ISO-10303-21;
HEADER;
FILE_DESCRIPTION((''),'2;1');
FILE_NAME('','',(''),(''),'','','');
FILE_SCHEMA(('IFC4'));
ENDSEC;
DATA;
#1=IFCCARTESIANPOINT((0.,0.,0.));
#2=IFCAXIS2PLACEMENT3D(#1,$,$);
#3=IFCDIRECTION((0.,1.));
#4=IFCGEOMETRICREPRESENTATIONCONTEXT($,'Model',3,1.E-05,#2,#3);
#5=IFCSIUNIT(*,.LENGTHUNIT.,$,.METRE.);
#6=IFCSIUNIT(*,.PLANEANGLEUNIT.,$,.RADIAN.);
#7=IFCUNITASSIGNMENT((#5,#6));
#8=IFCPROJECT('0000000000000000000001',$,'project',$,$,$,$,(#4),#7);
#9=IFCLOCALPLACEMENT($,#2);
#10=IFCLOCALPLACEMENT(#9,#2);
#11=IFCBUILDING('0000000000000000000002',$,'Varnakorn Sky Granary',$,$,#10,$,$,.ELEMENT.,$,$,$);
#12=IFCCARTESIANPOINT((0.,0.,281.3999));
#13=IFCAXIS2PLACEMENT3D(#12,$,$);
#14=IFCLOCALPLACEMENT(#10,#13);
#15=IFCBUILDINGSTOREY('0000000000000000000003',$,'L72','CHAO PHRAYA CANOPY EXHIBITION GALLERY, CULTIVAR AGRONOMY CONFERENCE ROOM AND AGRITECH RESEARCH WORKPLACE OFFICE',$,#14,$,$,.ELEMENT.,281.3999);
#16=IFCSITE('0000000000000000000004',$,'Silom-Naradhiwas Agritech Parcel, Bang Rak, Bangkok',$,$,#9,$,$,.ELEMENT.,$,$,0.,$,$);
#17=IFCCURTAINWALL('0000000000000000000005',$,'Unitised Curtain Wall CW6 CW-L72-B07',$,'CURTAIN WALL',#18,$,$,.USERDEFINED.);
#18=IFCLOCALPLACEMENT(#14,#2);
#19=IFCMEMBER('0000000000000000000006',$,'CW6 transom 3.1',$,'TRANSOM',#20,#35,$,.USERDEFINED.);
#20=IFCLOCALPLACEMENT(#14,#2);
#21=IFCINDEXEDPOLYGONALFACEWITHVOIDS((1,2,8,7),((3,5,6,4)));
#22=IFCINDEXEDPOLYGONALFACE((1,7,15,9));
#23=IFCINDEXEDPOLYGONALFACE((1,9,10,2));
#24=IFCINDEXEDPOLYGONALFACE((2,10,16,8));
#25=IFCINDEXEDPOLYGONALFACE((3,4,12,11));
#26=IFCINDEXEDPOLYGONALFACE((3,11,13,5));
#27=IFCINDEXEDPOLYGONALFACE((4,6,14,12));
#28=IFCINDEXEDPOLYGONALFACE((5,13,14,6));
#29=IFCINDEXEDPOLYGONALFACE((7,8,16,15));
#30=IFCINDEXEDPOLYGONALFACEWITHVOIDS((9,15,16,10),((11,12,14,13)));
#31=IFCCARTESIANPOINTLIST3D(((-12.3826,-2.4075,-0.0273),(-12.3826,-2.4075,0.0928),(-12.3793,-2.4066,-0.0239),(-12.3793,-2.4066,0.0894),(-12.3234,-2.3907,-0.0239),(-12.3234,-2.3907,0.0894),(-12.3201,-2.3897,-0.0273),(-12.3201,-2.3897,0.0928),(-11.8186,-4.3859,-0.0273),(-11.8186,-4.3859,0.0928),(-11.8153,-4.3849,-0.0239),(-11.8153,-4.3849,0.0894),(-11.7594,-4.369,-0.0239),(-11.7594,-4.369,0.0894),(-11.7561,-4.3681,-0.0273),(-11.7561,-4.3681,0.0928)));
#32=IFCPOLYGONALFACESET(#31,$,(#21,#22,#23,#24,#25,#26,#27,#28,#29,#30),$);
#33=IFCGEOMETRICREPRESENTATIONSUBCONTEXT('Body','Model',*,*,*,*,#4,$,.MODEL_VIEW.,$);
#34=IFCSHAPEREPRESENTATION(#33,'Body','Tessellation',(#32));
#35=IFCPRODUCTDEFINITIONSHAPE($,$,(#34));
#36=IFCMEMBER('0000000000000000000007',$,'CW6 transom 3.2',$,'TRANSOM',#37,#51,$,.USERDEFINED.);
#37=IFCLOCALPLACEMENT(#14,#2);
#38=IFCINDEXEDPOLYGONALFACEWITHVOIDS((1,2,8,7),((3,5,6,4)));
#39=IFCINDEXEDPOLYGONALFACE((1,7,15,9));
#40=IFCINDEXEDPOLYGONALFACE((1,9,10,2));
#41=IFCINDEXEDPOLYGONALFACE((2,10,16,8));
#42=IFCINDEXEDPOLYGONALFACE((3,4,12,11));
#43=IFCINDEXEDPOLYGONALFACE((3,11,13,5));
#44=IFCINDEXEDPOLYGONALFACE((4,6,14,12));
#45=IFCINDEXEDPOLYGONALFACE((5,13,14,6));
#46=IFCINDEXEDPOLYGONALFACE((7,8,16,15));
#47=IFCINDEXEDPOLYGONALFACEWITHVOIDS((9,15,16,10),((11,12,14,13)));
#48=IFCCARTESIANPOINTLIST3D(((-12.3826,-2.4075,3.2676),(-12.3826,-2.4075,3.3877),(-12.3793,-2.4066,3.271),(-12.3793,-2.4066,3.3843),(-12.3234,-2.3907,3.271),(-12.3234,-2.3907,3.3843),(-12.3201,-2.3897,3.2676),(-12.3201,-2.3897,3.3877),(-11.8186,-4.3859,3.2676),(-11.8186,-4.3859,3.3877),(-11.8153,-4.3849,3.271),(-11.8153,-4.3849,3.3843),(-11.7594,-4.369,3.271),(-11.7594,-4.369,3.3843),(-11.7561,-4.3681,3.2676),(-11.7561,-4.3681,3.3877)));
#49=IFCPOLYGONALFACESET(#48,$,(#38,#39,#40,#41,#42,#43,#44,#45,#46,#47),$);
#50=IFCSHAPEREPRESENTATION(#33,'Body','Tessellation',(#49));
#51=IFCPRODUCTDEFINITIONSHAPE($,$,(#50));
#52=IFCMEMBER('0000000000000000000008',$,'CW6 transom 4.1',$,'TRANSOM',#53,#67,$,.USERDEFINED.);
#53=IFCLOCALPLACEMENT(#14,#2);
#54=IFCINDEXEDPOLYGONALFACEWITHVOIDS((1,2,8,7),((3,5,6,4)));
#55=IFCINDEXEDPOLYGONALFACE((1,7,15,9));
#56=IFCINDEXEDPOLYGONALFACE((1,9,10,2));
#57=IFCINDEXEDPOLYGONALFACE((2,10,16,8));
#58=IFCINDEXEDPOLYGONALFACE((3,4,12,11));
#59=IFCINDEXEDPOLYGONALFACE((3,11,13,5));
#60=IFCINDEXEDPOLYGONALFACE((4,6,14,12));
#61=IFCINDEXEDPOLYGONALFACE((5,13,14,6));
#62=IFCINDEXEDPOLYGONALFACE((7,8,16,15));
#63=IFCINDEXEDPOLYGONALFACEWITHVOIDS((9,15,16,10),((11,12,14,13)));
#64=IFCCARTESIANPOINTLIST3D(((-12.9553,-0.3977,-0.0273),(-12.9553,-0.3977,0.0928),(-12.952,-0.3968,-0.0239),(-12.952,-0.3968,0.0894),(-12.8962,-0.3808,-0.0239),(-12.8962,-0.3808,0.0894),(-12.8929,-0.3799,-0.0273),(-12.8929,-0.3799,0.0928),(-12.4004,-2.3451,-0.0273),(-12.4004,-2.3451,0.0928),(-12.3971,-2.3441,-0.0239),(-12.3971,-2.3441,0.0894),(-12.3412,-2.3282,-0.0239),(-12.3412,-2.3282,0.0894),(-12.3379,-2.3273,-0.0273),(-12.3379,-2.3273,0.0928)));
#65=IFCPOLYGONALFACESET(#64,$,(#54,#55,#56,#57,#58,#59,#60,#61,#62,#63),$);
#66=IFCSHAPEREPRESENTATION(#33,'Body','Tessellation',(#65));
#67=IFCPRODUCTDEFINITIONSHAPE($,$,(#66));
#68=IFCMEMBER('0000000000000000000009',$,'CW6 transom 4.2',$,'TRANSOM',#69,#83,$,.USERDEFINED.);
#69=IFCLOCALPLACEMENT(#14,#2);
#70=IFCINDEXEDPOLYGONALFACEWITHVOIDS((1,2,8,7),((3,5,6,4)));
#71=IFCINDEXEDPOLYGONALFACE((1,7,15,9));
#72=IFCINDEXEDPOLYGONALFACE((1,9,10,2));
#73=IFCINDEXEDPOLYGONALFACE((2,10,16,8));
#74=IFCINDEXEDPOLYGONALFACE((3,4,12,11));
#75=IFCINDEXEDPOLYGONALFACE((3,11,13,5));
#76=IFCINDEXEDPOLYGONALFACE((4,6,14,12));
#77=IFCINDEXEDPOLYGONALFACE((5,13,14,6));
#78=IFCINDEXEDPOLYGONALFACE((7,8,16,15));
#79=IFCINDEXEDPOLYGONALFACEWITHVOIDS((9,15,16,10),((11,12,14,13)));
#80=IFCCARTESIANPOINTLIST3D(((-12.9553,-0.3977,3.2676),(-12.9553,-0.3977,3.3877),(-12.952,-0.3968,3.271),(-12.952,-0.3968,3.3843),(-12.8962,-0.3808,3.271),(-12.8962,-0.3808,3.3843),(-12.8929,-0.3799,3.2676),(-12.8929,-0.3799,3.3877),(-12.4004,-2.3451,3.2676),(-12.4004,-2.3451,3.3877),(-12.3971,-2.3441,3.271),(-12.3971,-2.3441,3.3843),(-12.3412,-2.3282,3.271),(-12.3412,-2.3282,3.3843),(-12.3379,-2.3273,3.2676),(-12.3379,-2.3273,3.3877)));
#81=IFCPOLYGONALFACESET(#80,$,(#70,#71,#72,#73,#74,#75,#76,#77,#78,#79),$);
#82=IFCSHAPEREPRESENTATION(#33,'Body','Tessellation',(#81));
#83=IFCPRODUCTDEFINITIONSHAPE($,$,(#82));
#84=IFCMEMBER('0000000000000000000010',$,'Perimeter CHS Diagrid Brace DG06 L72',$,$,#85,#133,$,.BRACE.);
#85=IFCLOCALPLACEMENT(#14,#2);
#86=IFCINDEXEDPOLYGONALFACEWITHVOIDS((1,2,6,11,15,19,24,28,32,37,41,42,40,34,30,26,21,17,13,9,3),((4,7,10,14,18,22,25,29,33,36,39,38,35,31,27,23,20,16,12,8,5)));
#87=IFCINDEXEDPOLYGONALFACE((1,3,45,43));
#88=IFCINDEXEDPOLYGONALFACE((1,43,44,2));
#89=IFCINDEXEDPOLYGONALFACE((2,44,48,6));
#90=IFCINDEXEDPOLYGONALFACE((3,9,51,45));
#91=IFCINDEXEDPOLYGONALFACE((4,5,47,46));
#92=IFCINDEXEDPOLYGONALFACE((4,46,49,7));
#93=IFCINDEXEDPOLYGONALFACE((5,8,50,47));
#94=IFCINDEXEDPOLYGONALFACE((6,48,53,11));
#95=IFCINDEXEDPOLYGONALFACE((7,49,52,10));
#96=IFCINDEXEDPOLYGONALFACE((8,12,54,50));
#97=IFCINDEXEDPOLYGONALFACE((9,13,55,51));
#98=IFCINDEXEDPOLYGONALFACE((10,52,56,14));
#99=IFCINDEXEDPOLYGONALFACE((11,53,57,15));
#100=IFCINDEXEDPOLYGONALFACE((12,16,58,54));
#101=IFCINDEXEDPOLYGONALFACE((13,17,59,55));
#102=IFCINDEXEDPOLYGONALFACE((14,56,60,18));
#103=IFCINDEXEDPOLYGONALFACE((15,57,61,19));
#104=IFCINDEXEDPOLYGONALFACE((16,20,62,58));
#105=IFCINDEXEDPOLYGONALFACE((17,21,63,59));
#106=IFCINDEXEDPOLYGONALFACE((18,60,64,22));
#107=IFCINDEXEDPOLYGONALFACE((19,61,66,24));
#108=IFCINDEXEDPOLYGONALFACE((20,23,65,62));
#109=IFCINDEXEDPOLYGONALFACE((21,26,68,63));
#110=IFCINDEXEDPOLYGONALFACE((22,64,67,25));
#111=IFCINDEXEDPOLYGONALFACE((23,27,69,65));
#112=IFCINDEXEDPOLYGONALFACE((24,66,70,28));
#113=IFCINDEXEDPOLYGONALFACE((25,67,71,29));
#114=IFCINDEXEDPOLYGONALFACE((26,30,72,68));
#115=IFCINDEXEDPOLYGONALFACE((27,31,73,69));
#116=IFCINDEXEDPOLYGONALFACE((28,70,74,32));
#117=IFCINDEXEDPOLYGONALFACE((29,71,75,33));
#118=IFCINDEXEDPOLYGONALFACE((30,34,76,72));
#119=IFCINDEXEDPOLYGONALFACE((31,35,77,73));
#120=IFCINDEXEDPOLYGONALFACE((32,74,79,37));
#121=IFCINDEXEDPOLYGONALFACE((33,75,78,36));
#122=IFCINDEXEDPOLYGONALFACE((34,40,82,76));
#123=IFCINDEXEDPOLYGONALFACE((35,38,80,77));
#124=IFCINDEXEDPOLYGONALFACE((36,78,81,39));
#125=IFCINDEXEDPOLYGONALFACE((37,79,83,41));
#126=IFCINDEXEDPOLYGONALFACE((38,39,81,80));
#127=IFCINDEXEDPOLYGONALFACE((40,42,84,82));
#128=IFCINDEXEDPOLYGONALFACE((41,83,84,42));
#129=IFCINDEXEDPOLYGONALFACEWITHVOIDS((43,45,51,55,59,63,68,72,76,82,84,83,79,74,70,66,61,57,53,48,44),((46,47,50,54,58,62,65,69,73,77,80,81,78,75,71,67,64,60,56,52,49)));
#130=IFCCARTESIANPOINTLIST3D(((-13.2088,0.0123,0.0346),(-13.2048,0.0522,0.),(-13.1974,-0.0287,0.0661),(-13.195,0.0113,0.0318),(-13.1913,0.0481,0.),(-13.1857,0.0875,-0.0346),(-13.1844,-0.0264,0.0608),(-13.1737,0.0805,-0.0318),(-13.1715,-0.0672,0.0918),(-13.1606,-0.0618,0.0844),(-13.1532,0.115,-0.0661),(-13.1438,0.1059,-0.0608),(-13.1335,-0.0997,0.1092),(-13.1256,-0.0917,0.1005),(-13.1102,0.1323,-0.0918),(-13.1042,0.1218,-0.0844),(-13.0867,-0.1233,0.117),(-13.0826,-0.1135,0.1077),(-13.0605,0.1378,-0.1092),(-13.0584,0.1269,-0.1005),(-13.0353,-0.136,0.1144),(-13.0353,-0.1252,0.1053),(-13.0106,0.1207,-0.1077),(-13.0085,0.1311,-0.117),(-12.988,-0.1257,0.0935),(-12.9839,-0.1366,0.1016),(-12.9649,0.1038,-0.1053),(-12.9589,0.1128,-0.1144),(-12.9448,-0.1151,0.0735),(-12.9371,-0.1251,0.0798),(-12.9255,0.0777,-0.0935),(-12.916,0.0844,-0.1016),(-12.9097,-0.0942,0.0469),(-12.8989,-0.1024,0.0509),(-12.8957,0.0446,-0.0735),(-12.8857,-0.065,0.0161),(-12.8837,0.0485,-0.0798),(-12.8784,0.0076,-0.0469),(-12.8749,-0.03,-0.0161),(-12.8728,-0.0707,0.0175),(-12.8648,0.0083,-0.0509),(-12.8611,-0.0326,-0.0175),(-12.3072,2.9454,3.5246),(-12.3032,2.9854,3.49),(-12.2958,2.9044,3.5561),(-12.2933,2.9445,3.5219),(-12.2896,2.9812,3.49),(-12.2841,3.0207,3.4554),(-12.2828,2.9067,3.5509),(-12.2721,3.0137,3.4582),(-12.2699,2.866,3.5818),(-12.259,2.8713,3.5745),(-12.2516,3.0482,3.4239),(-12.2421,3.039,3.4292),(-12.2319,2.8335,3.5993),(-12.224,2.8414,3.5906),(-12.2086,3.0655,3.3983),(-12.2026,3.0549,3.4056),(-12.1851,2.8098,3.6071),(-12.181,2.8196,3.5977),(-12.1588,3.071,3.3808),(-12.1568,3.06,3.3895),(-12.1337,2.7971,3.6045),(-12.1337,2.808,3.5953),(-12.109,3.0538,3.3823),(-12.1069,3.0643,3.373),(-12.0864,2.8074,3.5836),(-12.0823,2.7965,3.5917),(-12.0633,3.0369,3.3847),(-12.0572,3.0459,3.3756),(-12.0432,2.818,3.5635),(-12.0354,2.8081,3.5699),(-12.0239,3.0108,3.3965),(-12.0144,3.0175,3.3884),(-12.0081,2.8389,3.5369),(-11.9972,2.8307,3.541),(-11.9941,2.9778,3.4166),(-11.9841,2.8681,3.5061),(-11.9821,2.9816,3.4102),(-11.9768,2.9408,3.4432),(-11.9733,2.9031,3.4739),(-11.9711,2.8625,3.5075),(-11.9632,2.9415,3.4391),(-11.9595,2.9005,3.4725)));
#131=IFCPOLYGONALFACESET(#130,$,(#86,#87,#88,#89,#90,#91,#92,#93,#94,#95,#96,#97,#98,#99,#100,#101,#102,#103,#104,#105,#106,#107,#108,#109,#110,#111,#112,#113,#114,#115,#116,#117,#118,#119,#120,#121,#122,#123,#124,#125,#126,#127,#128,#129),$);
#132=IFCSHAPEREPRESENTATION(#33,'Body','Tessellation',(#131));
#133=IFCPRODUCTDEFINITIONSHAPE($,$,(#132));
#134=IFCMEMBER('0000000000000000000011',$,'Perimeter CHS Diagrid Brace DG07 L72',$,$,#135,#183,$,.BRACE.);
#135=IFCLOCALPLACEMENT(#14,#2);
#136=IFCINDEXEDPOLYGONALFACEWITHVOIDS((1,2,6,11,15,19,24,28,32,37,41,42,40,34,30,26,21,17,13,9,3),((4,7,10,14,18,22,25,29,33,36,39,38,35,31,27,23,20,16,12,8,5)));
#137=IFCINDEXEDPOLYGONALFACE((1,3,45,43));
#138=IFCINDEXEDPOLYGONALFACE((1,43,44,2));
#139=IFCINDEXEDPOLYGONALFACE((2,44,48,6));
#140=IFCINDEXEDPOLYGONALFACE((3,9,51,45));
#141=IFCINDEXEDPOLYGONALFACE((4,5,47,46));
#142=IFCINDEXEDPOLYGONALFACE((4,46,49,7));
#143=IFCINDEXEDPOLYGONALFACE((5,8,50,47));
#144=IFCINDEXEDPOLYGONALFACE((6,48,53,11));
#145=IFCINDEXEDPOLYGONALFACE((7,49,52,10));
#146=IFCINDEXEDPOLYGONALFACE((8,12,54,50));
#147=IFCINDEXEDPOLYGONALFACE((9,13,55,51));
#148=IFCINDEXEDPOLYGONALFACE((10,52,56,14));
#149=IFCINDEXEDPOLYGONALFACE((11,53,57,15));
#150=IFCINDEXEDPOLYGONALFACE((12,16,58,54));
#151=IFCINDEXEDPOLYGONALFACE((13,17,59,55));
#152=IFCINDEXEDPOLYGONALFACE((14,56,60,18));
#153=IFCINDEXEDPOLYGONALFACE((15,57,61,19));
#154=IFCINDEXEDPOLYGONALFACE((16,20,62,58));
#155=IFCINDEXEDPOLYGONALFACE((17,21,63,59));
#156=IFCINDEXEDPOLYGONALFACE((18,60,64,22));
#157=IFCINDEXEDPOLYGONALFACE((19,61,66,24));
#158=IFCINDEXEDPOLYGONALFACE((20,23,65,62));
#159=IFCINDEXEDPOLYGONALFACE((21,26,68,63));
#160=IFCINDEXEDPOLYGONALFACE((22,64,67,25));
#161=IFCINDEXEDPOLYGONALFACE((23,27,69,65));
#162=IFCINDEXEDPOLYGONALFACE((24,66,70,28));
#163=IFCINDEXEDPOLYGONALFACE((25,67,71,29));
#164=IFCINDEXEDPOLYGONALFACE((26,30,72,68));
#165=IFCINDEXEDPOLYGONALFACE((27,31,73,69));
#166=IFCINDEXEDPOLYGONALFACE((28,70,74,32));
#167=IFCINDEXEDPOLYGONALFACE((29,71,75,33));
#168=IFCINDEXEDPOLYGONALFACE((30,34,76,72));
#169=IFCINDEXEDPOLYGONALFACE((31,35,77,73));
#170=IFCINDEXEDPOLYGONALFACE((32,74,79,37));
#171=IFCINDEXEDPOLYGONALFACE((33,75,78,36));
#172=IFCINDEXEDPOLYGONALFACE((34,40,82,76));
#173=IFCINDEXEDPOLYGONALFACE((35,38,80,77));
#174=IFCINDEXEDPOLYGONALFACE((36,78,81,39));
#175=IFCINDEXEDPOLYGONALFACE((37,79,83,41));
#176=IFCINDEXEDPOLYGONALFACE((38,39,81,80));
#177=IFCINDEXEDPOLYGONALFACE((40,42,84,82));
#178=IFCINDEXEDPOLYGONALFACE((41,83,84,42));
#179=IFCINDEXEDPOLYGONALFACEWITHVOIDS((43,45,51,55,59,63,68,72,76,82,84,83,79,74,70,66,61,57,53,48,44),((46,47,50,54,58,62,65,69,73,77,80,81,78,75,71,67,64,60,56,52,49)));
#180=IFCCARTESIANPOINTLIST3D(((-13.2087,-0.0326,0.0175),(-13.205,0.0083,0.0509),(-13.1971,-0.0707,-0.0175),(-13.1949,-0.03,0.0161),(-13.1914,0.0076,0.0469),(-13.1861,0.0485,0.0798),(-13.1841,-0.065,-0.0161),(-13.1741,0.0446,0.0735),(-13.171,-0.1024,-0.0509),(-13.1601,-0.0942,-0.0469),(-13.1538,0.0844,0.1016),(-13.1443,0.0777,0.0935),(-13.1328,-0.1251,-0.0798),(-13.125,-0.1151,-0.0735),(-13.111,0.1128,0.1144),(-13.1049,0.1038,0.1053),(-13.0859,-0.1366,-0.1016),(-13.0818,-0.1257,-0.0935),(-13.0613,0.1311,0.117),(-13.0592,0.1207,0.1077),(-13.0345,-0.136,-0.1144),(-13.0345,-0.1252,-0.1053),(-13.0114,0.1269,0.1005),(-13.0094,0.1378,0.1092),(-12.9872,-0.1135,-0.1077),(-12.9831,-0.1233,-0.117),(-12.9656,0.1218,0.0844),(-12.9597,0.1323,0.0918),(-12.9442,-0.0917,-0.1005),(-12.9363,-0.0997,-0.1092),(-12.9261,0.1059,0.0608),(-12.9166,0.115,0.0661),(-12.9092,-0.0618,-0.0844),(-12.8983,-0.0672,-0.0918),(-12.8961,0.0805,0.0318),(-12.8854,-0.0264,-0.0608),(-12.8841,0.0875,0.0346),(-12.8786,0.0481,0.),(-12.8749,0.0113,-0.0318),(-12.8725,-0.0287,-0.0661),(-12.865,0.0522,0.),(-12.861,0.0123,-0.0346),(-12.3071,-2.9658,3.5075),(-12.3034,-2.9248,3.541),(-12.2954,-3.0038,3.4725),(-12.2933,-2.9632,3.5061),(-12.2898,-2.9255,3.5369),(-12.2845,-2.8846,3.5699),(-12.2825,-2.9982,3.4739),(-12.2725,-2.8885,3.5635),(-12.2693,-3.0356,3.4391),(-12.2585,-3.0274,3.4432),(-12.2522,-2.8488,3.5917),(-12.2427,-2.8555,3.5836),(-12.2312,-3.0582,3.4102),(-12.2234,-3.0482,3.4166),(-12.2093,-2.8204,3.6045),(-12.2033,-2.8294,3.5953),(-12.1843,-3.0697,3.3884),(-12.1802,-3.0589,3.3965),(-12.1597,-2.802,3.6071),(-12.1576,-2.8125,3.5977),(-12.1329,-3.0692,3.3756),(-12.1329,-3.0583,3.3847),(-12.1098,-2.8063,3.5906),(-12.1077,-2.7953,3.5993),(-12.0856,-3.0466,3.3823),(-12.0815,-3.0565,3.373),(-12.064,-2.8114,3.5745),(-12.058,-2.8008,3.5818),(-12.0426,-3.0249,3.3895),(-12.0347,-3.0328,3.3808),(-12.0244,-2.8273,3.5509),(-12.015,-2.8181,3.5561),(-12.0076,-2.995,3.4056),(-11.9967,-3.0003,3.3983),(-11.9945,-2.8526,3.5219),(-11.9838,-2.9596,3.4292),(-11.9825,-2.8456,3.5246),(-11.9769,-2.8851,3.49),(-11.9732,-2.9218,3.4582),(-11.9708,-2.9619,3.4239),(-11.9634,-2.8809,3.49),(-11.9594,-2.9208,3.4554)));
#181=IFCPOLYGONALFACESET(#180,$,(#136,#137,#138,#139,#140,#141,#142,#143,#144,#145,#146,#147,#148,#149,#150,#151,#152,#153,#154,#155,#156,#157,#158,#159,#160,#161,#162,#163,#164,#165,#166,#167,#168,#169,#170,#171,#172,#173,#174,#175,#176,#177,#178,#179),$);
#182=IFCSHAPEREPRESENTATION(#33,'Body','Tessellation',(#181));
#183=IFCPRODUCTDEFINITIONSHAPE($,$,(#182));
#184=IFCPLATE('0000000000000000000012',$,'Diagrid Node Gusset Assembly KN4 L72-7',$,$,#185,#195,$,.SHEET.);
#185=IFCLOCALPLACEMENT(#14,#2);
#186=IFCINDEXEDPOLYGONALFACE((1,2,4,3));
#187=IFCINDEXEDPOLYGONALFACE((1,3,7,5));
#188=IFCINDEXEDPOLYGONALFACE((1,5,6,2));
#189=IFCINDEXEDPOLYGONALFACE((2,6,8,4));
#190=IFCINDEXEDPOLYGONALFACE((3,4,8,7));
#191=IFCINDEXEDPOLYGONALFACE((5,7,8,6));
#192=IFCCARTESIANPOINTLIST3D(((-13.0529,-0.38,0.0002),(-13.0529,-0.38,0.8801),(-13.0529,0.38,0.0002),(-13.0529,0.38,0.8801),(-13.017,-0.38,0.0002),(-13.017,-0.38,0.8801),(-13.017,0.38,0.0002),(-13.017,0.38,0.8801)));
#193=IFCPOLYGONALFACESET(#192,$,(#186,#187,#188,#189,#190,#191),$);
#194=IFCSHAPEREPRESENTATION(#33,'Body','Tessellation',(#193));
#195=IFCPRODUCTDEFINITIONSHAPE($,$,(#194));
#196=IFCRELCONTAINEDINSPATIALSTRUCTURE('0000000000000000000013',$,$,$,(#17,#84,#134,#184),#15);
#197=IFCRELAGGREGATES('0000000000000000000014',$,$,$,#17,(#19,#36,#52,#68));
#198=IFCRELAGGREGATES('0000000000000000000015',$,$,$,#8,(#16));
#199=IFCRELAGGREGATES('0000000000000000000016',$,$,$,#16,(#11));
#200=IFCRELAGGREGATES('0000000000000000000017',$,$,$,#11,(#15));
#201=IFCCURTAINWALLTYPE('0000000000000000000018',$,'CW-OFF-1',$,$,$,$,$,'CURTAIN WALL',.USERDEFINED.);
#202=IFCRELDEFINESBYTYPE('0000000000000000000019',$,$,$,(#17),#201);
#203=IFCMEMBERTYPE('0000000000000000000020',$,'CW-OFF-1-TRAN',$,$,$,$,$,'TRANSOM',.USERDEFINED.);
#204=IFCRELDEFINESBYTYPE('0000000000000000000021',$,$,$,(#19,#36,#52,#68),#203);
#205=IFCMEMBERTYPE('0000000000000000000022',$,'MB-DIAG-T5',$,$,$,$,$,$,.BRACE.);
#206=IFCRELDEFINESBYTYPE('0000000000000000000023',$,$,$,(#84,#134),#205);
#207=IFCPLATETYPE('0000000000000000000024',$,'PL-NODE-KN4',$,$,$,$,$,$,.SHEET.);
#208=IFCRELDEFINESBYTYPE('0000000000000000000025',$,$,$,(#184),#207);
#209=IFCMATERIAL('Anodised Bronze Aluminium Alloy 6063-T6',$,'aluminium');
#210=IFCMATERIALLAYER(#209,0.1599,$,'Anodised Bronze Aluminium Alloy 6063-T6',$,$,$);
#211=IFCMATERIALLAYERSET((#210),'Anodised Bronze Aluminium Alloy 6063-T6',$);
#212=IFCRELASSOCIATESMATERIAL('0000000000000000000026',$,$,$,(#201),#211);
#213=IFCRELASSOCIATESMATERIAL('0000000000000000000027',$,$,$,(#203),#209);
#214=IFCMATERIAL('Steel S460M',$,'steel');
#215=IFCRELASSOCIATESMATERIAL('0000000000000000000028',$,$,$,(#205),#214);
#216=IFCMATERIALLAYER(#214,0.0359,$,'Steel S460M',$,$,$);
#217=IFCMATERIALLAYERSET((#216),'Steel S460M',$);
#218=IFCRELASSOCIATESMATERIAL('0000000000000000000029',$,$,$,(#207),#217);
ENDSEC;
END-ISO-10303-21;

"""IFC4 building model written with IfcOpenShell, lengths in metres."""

from ifc_helpers import new_model, si_unit, direction, frame, origin, origin_2d, place, context, subcontext, project, spatial, rectangle, hollow_rectangle, hollow_circle, extrude, material, layer, layer_set, material_profile, profile_set, type_object, element, aggregate, save


model = new_model("IFC4")

# Units and contexts
model_context = context("Model", 3, precision=1e-05, world=origin(), true_north=direction((0.0, 1.0)))
body_context = subcontext(model_context, "Body", "Model", "MODEL_VIEW")
ifc_project = project(units=[si_unit("LENGTHUNIT", "METRE"), si_unit("PLANEANGLEUNIT", "RADIAN")], contexts=[model_context])

# Site, building, storey
site_placement = place(None, origin())
site = spatial("IfcSite", under=ifc_project, at=site_placement, Name="Silom-Naradhiwas Agritech Parcel, Bang Rak, Bangkok", CompositionType="ELEMENT", RefElevation=0.0)
building_placement = place(site_placement, origin())
building = spatial("IfcBuilding", under=site, at=building_placement, Name="Varnakorn Sky Granary", CompositionType="ELEMENT")
storey_placement = place(building_placement, frame((0.0, 0.0, 281.3999)))
storey = spatial("IfcBuildingStorey", under=building, at=storey_placement, Name="L72", Description="CHAO PHRAYA CANOPY EXHIBITION GALLERY, CULTIVAR AGRONOMY CONFERENCE ROOM AND AGRITECH RESEARCH WORKPLACE OFFICE", CompositionType="ELEMENT", Elevation=281.3999)

# Shared definitions
ifc_material_1 = material(Name="Steel S460M", Category="steel")

# Curtain wall, members
ifc_material_2 = material(Name="Anodised Bronze Aluminium Alloy 6063-T6", Category="aluminium")
ifc_layer_1 = layer(ifc_material_2, 0.1599, Name="Anodised Bronze Aluminium Alloy 6063-T6")
ifc_layer_set_1 = layer_set([ifc_layer_1], Name="Anodised Bronze Aluminium Alloy 6063-T6")
curtain_wall_type = type_object("IfcCurtainWallType", Name="CW-OFF-1", ElementType="CURTAIN WALL", PredefinedType="USERDEFINED", material=ifc_layer_set_1)
curtain_wall_placement = place(storey_placement, origin())
curtain_wall = element("IfcCurtainWall", 1, at=curtain_wall_placement, inside=storey, type_object=curtain_wall_type, Name="Unitised Curtain Wall CW6 CW-L72-B07", ObjectType="CURTAIN WALL", PredefinedType="USERDEFINED")
ifc_material_profile_1 = material_profile(ifc_material_2, hollow_rectangle(XDim=0.0649, YDim=0.1201, WallThickness=0.0034, at=origin_2d()), Name="ALU TRAN 65x120")
ifc_profile_set_1 = profile_set([ifc_material_profile_1], Name="Anodised Bronze Aluminium Alloy 6063-T6")
member_type_1 = type_object("IfcMemberType", Name="CW-OFF-1-TRAN", ElementType="TRANSOM", PredefinedType="USERDEFINED", material=ifc_profile_set_1)
member_1_placement = place(storey_placement, frame((-11.7874, -4.377, 0.0327), z_axis=(-0.274157, 0.961685, 0.0), x_axis=(-0.961685, -0.274157, 0.0)))
member_1 = element("IfcMember", 2, at=member_1_placement, type_object=member_type_1, Name="CW6 transom 3.1", ObjectType="TRANSOM", PredefinedType="USERDEFINED", context=body_context, shape_type="SweptSolid", body=[
    extrude(hollow_rectangle(XDim=0.0649, YDim=0.1201, WallThickness=0.0034, at=origin_2d()), origin(), (0.0, 0.0, 1.0), 2.0571),
])
member_2_placement = place(storey_placement, frame((-11.7874, -4.377, 3.3276), z_axis=(-0.274157, 0.961685, 0.0), x_axis=(-0.961685, -0.274157, 0.0)))
member_2 = element("IfcMember", 3, at=member_2_placement, type_object=member_type_1, Name="CW6 transom 3.2", ObjectType="TRANSOM", PredefinedType="USERDEFINED", context=body_context, shape_type="SweptSolid", body=[
    extrude(hollow_rectangle(XDim=0.0649, YDim=0.1201, WallThickness=0.0034, at=origin_2d()), origin(), (0.0, 0.0, 1.0), 2.0571),
])
member_3_placement = place(storey_placement, frame((-12.3691, -2.3362, 0.0327), z_axis=(-0.274068, 0.96171, 0.0), x_axis=(-0.96171, -0.274068, 0.0)))
member_3 = element("IfcMember", 4, at=member_3_placement, type_object=member_type_1, Name="CW6 transom 4.1", ObjectType="TRANSOM", PredefinedType="USERDEFINED", context=body_context, shape_type="SweptSolid", body=[
    extrude(hollow_rectangle(XDim=0.0649, YDim=0.1201, WallThickness=0.0034, at=origin_2d()), origin(), (0.0, 0.0, 1.0), 2.0249),
])
member_4_placement = place(storey_placement, frame((-12.3691, -2.3362, 3.3276), z_axis=(-0.274068, 0.96171, 0.0), x_axis=(-0.96171, -0.274068, 0.0)))
member_4 = element("IfcMember", 5, at=member_4_placement, type_object=member_type_1, Name="CW6 transom 4.2", ObjectType="TRANSOM", PredefinedType="USERDEFINED", context=body_context, shape_type="SweptSolid", body=[
    extrude(hollow_rectangle(XDim=0.0649, YDim=0.1201, WallThickness=0.0034, at=origin_2d()), origin(), (0.0, 0.0, 1.0), 2.0249),
])

# Members
ifc_material_profile_2 = material_profile(ifc_material_1, hollow_circle(Radius=0.1777, WallThickness=0.0142, at=origin_2d()), Name="CHS 355.6x14")
ifc_profile_set_2 = profile_set([ifc_material_profile_2], Name="Steel S460M")
member_type_2 = type_object("IfcMemberType", Name="MB-DIAG-T5", PredefinedType="BRACE", material=ifc_profile_set_2)
for number, where, z_axis, x_axis, name in (
    (6, (-13.0349, 0.0, 0.0), (0.194014, 0.631162, 0.750995), (-0.95586, 0.293823, 0.0), "Perimeter CHS Diagrid Brace DG06 L72"),
    (7, (-13.0349, 0.0, 0.0), (0.194014, -0.631162, 0.750995), (0.95586, 0.293823, 0.0), "Perimeter CHS Diagrid Brace DG07 L72"),
):
    element("IfcMember", number, at=place(storey_placement, frame(where, z_axis=z_axis, x_axis=x_axis)), inside=storey, type_object=member_type_2, Name=name, PredefinedType="BRACE", context=body_context, shape_type="SweptSolid", body=[
        extrude(hollow_circle(Radius=0.1777, WallThickness=0.0142, at=origin_2d()), origin(), (0.0, 0.0, 1.0), 4.6472),
    ])

# Plate
ifc_layer_2 = layer(ifc_material_1, 0.0359, Name="Steel S460M")
ifc_layer_set_2 = layer_set([ifc_layer_2], Name="Steel S460M")
plate_type_1 = type_object("IfcPlateType", Name="PL-NODE-KN4", PredefinedType="SHEET", material=ifc_layer_set_2)
plate_1_placement = place(storey_placement, frame((-13.0349, 0.0, 0.0002), z_axis=(0.0, 0.0, 1.0), x_axis=(0.0, -1.0, 0.0)))
element("IfcPlate", 8, at=plate_1_placement, inside=storey, type_object=plate_type_1, Name="Diagrid Node Gusset Assembly KN4 L72-7", PredefinedType="SHEET", context=body_context, shape_type="SweptSolid", body=[
    extrude(rectangle(XDim=0.76, YDim=0.0359, at=origin_2d()), origin(), (0.0, 0.0, 1.0), 0.8799),
])
aggregate(curtain_wall, [member_1, member_2, member_3, member_4])

save(model, "model.ifc")
